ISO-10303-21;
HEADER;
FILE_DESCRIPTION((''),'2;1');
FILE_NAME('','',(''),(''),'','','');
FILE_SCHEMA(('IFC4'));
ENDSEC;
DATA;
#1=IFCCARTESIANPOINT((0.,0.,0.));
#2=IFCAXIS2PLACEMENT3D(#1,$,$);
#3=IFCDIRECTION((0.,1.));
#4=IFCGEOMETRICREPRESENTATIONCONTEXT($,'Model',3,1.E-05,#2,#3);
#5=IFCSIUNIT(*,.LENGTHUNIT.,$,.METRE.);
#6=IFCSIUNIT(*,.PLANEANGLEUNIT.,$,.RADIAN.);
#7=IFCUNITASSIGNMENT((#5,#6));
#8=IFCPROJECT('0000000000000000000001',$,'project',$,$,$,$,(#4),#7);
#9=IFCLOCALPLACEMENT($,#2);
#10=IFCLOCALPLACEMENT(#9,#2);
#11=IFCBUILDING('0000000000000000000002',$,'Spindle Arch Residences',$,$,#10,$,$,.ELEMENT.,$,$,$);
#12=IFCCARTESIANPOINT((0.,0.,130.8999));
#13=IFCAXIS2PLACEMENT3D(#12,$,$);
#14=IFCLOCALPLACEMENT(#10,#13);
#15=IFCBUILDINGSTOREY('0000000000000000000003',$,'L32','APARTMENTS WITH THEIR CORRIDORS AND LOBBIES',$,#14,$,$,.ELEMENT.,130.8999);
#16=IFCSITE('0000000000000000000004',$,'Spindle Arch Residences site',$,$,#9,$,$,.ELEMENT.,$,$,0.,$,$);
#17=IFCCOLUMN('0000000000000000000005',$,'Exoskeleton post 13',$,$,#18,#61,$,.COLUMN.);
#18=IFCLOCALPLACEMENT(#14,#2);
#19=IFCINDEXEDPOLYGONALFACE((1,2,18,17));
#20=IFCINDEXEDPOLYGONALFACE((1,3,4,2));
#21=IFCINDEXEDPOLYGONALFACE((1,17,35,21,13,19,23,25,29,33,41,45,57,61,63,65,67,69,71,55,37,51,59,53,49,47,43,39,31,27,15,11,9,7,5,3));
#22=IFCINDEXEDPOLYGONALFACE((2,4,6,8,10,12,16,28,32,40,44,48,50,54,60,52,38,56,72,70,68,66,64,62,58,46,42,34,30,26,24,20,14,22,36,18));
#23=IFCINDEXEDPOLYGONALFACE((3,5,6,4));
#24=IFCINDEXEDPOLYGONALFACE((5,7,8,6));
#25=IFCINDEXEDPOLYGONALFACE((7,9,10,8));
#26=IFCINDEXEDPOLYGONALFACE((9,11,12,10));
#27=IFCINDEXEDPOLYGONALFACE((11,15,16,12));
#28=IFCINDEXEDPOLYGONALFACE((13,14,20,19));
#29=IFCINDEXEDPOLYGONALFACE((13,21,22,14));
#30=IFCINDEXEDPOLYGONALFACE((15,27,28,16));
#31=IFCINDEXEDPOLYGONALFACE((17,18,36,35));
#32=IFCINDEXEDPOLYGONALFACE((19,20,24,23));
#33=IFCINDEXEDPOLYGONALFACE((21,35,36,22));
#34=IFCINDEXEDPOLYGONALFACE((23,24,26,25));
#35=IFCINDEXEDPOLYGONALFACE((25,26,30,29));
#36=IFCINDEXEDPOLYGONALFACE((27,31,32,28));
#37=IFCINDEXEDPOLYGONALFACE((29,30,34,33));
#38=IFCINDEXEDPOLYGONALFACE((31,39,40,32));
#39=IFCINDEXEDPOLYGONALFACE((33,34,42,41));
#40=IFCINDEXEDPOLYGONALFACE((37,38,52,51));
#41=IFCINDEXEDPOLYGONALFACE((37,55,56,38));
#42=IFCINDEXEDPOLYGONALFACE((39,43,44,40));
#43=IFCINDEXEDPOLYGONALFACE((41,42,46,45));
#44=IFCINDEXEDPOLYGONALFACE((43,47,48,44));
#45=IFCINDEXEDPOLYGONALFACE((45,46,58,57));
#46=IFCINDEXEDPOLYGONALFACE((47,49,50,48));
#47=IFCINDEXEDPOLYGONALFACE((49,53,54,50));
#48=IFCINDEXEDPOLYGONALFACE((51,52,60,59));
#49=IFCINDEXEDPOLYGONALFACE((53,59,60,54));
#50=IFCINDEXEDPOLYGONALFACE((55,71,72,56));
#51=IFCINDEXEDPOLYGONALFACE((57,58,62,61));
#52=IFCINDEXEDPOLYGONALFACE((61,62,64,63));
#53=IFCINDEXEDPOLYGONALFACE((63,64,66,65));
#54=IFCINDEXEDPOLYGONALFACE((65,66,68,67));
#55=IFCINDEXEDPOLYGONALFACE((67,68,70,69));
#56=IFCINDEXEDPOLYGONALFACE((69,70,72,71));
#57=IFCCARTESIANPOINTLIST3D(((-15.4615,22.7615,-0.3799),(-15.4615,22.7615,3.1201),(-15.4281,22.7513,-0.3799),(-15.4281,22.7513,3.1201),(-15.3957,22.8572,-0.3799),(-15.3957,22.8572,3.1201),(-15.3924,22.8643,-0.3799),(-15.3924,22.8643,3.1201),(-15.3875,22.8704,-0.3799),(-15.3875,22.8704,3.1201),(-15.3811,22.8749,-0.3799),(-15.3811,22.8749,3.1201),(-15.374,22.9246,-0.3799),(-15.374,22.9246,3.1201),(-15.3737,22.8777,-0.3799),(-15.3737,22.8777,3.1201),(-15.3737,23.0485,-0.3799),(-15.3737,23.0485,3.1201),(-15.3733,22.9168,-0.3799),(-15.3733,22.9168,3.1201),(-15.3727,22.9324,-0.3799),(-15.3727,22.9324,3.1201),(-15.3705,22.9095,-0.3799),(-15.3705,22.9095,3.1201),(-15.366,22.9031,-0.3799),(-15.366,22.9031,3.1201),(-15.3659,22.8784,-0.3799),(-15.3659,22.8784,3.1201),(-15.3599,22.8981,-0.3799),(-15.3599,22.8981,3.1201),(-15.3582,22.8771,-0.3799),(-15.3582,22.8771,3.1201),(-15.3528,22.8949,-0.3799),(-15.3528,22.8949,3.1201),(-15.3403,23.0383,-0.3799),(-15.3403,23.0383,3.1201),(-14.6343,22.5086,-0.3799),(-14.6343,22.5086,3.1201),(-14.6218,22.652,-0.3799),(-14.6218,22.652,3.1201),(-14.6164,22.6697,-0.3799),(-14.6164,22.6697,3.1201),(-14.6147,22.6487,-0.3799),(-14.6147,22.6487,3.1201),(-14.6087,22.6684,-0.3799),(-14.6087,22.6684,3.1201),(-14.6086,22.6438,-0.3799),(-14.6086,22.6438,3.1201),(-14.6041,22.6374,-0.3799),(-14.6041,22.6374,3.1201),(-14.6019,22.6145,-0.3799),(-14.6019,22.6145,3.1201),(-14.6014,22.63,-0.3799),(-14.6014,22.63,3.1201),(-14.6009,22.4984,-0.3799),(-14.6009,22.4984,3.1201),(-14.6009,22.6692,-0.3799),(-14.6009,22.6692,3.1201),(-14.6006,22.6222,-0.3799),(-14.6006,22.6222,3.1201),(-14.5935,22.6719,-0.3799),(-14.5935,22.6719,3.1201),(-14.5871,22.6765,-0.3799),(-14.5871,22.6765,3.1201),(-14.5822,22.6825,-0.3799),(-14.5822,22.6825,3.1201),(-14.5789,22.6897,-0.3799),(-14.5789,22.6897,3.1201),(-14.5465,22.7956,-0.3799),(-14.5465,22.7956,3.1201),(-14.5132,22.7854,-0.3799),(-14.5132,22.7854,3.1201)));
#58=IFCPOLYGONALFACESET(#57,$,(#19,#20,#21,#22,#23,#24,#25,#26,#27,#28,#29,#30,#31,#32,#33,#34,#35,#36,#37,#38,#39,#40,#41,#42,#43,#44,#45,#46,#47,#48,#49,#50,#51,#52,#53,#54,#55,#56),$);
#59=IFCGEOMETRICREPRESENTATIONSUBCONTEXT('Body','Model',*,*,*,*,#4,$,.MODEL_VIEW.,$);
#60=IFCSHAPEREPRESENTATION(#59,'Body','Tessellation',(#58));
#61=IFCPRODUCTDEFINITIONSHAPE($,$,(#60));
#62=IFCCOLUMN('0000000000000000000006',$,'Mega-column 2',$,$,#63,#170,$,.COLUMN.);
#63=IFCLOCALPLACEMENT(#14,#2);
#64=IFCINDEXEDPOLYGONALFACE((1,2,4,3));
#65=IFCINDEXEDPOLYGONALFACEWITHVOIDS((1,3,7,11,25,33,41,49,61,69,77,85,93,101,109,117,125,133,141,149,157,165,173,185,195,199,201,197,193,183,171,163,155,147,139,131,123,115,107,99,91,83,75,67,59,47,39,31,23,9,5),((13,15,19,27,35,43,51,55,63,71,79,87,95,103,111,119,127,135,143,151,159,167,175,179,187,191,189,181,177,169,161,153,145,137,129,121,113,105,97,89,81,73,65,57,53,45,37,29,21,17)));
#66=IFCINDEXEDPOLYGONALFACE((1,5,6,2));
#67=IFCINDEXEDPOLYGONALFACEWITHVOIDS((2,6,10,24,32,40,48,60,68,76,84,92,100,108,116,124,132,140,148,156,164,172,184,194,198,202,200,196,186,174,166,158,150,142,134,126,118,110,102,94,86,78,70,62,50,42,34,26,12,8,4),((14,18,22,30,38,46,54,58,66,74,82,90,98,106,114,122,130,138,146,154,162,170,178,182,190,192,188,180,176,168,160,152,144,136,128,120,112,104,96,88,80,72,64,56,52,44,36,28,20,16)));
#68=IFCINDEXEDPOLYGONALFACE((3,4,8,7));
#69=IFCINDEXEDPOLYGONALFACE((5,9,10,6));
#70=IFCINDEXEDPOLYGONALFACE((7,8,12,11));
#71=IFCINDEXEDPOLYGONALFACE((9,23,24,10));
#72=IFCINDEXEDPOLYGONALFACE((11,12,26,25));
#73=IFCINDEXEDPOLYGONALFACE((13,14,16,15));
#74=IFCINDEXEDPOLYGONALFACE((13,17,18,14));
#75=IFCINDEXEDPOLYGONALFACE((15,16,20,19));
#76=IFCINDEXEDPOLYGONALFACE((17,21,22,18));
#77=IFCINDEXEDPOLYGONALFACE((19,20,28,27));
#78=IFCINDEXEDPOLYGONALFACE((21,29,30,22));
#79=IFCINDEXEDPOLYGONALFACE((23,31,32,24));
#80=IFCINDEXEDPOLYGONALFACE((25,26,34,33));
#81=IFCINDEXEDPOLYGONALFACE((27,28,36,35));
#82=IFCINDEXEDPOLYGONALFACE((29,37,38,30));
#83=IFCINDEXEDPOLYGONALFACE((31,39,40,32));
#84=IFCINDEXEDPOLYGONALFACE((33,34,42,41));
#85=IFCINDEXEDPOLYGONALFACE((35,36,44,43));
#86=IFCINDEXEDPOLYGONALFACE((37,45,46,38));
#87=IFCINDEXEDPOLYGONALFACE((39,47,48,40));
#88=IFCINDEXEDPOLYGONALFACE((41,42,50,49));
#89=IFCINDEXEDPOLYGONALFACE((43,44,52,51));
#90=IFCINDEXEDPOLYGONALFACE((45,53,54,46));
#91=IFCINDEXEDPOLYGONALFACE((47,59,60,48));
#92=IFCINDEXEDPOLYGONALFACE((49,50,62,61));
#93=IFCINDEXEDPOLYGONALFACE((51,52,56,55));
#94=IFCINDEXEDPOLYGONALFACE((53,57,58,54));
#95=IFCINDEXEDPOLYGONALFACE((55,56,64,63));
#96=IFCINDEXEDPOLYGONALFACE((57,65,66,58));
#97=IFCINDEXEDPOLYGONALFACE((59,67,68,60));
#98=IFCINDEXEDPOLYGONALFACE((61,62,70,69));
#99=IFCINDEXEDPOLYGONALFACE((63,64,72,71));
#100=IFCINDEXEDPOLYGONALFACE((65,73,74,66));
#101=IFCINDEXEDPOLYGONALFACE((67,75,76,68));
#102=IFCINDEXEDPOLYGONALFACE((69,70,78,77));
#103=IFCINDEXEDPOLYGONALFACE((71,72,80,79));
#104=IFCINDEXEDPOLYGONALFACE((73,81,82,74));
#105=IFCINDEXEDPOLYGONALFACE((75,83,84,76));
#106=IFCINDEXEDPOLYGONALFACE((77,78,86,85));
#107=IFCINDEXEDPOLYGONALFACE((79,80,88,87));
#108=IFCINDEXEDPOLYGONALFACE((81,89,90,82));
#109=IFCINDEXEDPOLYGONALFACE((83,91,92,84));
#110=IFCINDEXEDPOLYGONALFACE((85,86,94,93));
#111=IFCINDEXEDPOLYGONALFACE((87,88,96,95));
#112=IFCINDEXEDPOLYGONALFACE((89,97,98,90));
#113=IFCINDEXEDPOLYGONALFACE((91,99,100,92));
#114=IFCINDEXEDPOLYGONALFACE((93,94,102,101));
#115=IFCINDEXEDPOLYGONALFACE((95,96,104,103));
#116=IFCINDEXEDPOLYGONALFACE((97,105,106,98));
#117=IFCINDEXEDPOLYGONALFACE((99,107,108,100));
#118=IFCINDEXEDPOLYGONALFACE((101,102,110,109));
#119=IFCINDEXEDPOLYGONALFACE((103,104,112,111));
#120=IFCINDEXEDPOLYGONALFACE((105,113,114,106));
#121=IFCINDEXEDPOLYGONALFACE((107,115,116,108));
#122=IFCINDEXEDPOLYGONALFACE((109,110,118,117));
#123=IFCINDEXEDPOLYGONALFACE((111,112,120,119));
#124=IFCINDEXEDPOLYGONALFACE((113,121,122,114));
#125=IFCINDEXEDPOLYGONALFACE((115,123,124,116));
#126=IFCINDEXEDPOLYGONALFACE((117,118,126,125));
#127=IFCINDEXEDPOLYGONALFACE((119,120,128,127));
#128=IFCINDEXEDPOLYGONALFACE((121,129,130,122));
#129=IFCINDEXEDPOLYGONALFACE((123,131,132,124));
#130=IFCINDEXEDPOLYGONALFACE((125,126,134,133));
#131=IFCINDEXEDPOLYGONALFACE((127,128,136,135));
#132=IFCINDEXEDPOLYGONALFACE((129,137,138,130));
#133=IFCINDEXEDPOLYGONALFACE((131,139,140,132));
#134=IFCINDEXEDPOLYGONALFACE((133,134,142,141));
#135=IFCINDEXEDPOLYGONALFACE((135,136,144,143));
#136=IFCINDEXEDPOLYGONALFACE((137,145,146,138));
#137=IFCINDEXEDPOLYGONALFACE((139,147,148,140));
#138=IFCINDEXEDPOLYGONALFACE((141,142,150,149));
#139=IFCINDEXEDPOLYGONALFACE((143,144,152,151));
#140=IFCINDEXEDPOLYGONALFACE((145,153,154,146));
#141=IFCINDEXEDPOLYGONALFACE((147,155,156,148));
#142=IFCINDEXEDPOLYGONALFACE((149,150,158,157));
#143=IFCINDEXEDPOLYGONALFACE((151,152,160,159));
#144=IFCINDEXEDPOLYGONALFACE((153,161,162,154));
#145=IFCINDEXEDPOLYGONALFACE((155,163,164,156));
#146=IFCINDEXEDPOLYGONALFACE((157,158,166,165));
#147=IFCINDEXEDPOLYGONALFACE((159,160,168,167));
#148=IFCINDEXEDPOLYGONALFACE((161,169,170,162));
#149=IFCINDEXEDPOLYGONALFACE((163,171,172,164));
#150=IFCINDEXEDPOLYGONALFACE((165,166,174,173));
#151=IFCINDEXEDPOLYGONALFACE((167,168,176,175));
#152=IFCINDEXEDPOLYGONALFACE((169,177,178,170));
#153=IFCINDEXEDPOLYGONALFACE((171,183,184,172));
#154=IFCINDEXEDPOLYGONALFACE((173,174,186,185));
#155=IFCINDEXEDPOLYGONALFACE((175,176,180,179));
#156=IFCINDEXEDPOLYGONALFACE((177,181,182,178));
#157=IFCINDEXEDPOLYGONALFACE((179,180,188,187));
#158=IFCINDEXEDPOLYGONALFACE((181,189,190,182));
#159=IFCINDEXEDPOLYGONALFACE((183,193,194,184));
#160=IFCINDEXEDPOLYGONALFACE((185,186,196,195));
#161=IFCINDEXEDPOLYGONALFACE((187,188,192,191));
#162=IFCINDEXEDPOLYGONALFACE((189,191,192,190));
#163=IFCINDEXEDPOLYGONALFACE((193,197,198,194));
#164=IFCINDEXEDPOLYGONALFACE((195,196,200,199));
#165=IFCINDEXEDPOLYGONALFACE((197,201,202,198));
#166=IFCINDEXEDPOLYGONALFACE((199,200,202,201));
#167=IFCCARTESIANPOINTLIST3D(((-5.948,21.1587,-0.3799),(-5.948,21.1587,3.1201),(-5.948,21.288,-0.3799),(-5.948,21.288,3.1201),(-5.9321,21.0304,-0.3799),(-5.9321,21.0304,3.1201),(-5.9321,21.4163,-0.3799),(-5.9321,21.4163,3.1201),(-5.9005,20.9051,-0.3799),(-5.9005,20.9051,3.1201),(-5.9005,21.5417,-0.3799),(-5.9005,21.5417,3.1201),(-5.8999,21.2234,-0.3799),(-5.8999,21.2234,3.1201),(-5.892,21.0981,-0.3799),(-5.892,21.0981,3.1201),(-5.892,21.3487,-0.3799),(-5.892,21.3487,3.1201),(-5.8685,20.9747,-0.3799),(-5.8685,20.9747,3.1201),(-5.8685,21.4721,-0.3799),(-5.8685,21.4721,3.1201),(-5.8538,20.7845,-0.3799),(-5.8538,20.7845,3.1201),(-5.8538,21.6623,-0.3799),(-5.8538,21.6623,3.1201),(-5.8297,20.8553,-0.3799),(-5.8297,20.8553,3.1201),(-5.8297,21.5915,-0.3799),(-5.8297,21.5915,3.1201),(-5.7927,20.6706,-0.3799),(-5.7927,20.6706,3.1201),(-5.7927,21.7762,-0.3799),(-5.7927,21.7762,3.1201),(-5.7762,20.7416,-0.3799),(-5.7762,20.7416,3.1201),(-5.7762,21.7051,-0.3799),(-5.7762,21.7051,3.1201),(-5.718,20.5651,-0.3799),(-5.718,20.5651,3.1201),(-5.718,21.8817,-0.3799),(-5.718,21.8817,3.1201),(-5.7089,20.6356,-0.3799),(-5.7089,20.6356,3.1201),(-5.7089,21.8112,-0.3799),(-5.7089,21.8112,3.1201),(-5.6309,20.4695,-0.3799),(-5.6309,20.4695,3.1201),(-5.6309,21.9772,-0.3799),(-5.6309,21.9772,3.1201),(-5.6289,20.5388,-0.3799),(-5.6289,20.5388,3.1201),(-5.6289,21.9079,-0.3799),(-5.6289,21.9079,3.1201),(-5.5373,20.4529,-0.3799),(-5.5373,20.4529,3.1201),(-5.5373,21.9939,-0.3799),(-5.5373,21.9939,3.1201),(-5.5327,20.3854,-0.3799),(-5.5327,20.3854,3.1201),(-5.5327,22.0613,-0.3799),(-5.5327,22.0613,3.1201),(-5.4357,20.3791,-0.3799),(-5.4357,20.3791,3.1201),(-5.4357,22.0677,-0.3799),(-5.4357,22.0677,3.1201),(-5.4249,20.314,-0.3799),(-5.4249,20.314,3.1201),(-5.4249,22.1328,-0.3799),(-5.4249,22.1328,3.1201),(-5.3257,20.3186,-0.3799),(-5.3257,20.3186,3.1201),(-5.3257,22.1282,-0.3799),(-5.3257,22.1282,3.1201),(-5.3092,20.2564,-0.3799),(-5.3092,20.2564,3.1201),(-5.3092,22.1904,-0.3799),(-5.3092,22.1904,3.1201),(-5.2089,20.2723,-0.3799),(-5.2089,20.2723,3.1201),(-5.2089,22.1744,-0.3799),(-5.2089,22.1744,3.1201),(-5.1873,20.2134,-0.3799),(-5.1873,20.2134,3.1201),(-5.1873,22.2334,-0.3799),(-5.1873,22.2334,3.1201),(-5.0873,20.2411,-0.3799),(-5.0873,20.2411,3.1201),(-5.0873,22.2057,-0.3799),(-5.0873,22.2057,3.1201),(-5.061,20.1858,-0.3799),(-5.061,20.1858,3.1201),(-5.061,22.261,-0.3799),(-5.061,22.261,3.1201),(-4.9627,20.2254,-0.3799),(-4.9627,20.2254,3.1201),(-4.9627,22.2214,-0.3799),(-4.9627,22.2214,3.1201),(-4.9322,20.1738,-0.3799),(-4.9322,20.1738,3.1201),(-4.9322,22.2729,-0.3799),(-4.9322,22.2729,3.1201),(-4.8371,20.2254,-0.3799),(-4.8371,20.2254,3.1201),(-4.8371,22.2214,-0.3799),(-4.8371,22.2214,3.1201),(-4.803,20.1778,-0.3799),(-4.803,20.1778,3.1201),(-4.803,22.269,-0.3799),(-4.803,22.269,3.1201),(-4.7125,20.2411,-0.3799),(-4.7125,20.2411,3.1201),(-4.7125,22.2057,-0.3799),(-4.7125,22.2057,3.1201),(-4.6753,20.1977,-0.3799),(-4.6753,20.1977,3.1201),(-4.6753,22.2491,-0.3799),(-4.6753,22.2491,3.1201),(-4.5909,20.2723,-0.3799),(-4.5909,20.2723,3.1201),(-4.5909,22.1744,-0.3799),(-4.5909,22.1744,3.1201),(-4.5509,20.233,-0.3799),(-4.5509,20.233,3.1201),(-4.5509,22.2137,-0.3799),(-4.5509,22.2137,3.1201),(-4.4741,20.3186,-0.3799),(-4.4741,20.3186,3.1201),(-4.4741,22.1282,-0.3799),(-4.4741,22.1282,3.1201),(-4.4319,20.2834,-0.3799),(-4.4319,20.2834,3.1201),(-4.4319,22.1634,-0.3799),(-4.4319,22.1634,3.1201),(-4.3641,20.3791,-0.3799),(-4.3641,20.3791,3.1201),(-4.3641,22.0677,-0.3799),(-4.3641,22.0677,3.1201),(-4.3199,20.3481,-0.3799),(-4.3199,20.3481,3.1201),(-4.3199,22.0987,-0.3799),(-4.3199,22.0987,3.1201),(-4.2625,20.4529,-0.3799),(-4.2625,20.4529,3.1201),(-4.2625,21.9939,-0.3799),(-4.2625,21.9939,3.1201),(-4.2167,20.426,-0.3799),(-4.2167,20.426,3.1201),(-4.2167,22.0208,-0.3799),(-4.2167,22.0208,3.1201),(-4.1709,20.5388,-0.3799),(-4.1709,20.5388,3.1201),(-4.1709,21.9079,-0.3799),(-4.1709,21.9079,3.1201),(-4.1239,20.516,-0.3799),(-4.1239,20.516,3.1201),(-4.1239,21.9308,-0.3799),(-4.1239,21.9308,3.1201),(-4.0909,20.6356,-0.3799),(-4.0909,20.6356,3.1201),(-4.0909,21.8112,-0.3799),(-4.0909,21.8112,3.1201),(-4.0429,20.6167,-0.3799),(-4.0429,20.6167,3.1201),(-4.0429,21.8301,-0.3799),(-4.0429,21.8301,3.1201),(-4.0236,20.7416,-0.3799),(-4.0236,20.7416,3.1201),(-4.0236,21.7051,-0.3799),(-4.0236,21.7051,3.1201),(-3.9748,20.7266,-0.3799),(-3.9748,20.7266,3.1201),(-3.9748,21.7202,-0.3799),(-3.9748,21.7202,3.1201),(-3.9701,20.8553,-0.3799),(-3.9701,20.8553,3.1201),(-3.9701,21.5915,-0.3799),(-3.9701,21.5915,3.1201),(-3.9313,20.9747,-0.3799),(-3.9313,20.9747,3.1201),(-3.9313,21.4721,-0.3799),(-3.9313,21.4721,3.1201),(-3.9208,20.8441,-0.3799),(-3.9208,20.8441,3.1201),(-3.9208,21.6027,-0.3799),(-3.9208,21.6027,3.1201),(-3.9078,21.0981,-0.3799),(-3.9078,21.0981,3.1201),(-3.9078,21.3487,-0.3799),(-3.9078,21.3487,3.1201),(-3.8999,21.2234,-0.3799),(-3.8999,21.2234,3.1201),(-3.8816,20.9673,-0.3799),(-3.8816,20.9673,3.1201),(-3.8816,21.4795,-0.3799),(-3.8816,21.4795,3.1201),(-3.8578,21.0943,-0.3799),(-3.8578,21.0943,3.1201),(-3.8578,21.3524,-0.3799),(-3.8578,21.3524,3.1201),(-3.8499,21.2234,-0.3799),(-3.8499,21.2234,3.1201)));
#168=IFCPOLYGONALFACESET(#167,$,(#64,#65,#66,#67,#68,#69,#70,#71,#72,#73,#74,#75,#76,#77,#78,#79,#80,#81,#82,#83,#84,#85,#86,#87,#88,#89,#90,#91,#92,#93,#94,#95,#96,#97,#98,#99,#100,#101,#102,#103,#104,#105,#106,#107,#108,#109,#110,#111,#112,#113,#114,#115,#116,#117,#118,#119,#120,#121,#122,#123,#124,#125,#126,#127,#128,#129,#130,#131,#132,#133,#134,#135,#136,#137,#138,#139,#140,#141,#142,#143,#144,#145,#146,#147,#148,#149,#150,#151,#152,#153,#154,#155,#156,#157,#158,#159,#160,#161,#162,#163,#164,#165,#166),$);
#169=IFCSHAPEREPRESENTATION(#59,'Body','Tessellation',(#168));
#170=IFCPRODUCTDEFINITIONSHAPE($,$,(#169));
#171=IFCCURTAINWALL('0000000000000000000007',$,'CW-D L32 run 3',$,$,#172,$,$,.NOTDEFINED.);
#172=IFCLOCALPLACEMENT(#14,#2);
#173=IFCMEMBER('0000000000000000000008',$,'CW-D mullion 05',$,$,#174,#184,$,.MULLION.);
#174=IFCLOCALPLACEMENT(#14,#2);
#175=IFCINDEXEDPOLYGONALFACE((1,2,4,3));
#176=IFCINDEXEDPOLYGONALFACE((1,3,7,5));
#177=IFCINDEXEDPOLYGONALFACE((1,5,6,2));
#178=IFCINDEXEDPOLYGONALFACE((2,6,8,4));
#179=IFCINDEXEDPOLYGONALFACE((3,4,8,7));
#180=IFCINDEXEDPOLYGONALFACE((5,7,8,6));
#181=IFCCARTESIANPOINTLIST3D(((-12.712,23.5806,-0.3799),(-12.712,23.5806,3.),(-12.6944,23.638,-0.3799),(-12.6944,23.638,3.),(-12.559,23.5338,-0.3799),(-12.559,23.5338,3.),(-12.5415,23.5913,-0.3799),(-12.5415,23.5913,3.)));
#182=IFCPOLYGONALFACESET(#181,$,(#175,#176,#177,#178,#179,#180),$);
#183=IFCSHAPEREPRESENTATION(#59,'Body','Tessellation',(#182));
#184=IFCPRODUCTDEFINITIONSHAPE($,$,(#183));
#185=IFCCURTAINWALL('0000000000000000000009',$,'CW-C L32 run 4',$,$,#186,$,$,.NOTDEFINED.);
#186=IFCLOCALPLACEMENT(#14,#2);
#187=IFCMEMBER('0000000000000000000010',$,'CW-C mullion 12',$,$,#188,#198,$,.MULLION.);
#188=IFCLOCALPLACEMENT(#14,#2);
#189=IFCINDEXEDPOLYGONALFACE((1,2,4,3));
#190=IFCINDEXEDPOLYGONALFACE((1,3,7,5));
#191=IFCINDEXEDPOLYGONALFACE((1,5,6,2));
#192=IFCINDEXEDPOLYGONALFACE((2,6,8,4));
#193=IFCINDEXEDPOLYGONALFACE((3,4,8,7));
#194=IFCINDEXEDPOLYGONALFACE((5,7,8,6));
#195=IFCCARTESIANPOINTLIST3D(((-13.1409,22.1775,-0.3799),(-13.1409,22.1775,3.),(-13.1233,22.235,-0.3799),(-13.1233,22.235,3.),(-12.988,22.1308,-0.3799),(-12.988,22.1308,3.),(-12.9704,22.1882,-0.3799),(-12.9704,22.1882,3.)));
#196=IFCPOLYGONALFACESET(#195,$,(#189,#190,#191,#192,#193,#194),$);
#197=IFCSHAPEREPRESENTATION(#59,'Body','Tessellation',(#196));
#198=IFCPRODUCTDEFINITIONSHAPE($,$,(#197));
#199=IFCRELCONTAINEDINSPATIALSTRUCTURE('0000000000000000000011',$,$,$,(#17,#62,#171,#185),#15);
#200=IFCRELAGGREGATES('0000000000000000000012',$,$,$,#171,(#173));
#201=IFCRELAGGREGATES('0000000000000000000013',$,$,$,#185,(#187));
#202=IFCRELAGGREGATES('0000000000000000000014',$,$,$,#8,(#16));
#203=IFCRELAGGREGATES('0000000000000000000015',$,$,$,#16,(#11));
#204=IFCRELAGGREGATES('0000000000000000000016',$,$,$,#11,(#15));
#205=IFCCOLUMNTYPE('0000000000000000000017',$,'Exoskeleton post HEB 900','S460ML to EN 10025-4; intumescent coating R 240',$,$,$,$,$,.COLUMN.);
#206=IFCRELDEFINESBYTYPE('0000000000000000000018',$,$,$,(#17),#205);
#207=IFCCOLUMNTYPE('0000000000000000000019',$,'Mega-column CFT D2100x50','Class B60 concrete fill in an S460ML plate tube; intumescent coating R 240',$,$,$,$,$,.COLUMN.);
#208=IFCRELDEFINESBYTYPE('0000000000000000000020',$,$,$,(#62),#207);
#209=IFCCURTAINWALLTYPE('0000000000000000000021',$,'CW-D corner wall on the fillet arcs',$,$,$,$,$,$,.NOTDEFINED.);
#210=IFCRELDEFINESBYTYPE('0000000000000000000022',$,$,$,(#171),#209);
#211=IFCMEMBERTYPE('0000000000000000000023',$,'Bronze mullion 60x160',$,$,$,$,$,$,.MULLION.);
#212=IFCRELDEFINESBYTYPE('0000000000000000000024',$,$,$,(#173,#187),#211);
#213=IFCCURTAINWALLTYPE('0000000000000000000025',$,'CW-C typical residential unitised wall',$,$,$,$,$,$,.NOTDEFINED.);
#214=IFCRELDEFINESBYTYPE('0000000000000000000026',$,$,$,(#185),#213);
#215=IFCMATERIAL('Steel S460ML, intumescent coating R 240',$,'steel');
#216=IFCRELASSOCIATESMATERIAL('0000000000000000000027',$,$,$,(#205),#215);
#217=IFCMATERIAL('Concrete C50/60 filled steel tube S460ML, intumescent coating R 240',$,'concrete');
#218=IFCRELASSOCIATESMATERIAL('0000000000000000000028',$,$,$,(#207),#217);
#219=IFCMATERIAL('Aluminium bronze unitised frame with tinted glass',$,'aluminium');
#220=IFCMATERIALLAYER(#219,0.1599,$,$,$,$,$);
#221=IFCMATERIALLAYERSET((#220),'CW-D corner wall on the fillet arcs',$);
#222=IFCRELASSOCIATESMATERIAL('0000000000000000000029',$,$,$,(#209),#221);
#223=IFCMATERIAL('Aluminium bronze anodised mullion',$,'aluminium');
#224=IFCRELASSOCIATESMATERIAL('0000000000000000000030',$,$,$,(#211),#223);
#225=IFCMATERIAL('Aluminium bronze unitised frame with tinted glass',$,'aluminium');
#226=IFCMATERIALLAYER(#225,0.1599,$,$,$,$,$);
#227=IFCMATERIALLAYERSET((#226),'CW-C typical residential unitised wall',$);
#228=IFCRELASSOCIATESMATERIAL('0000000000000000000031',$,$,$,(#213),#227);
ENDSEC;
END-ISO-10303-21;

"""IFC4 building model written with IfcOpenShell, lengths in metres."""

from ifc_helpers import new_model, si_unit, direction, frame, origin, origin_2d, place, context, subcontext, project, spatial, rectangle, hollow_circle, i_section, extrude, material, layer, layer_set, material_profile, profile_set, type_object, element, aggregate, save


model = new_model("IFC4")

# Units and contexts
model_context = context("Model", 3, precision=1e-05, world=origin(), true_north=direction((0.0, 1.0)))
body_context = subcontext(model_context, "Body", "Model", "MODEL_VIEW")
ifc_project = project(units=[si_unit("LENGTHUNIT", "METRE"), si_unit("PLANEANGLEUNIT", "RADIAN")], contexts=[model_context])

# Site, building, storey
site_placement = place(None, origin())
site = spatial("IfcSite", under=ifc_project, at=site_placement, Name="Spindle Arch Residences site", CompositionType="ELEMENT", RefElevation=0.0)
building_placement = place(site_placement, origin())
building = spatial("IfcBuilding", under=site, at=building_placement, Name="Spindle Arch Residences", CompositionType="ELEMENT")
storey_placement = place(building_placement, frame((0.0, 0.0, 130.8999)))
storey = spatial("IfcBuildingStorey", under=building, at=storey_placement, Name="L32", Description="APARTMENTS WITH THEIR CORRIDORS AND LOBBIES", CompositionType="ELEMENT", Elevation=130.8999)

# Columns
ifc_material_1 = material(Name="Steel S460ML, intumescent coating R 240", Category="steel")
ifc_material_profile_1 = material_profile(ifc_material_1, i_section(OverallWidth=0.3, OverallDepth=0.8999, WebThickness=0.0186, FlangeThickness=0.0349, FilletRadius=0.03, at=origin_2d()), Name="HEB 900")
ifc_profile_set_1 = profile_set([ifc_material_profile_1], Name="Steel S460ML, intumescent coating R 240")
column_type_1 = type_object("IfcColumnType", Name="Exoskeleton post HEB 900", Description="S460ML to EN 10025-4; intumescent coating R 240", PredefinedType="COLUMN", material=ifc_profile_set_1)
column_1_placement = place(storey_placement, frame((-14.9873, 22.7734, -0.3799), z_axis=(0.0, 0.0, 1.0), x_axis=(0.292372, 0.956305, 0.0)))
element("IfcColumn", 1, at=column_1_placement, inside=storey, type_object=column_type_1, Name="Exoskeleton post 13", PredefinedType="COLUMN", context=body_context, shape_type="SweptSolid", body=[
    extrude(i_section(OverallWidth=0.3, OverallDepth=0.8999, WebThickness=0.0186, FlangeThickness=0.0349, FilletRadius=0.03, at=origin_2d()), origin(), (0.0, 0.0, 1.0), 3.5),
])
ifc_material_2 = material(Name="Concrete C50/60 filled steel tube S460ML, intumescent coating R 240", Category="concrete")
ifc_material_profile_2 = material_profile(ifc_material_2, hollow_circle(Radius=1.05, WallThickness=0.05, at=origin_2d()), Name="CFT D2100x50")
ifc_profile_set_2 = profile_set([ifc_material_profile_2], Name="Concrete C50/60 filled steel tube S460ML, intumescent coating R 240")
column_type_2 = type_object("IfcColumnType", Name="Mega-column CFT D2100x50", Description="Class B60 concrete fill in an S460ML plate tube; intumescent coating R 240", PredefinedType="COLUMN", material=ifc_profile_set_2)
column_2_placement = place(storey_placement, frame((-4.8999, 21.2234, -0.3799), z_axis=(0.0, 0.0, 1.0), x_axis=(1.0, 0.0, 0.0)))
element("IfcColumn", 2, at=column_2_placement, inside=storey, type_object=column_type_2, Name="Mega-column 2", PredefinedType="COLUMN", context=body_context, shape_type="SweptSolid", body=[
    extrude(hollow_circle(Radius=1.05, WallThickness=0.05, at=origin_2d()), origin(), (0.0, 0.0, 1.0), 3.5),
])

# Curtain walls, members
ifc_material_3 = material(Name="Aluminium bronze unitised frame with tinted glass", Category="aluminium")
ifc_layer_1 = layer(ifc_material_3, 0.1599)
ifc_layer_set_1 = layer_set([ifc_layer_1], Name="CW-D corner wall on the fillet arcs")
curtain_wall_type_1 = type_object("IfcCurtainWallType", Name="CW-D corner wall on the fillet arcs", PredefinedType="NOTDEFINED", material=ifc_layer_set_1)
curtain_wall_1_placement = place(storey_placement, origin())
curtain_wall_1 = element("IfcCurtainWall", 3, at=curtain_wall_1_placement, inside=storey, type_object=curtain_wall_type_1, Name="CW-D L32 run 3", PredefinedType="NOTDEFINED")
ifc_material_4 = material(Name="Aluminium bronze anodised mullion", Category="aluminium")
ifc_material_profile_3 = material_profile(ifc_material_4, rectangle(XDim=0.1599, YDim=0.0601, at=origin_2d()), Name="MU 60x160")
ifc_profile_set_3 = profile_set([ifc_material_profile_3], Name="Aluminium bronze anodised mullion")
member_type_1 = type_object("IfcMemberType", Name="Bronze mullion 60x160", PredefinedType="MULLION", material=ifc_profile_set_3)
member_1_placement = place(storey_placement, frame((-12.6267, 23.5859, -0.3799), z_axis=(0.0, 0.0, 1.0), x_axis=(0.956305, -0.292372, 0.0)))
member_1 = element("IfcMember", 4, at=member_1_placement, type_object=member_type_1, Name="CW-D mullion 05", PredefinedType="MULLION", context=body_context, shape_type="SweptSolid", body=[
    extrude(rectangle(XDim=0.1599, YDim=0.0601, at=origin_2d()), origin(), (0.0, 0.0, 1.0), 3.3799),
])
ifc_material_5 = material(Name="Aluminium bronze unitised frame with tinted glass", Category="aluminium")
ifc_layer_2 = layer(ifc_material_5, 0.1599)
ifc_layer_set_2 = layer_set([ifc_layer_2], Name="CW-C typical residential unitised wall")
curtain_wall_type_2 = type_object("IfcCurtainWallType", Name="CW-C typical residential unitised wall", PredefinedType="NOTDEFINED", material=ifc_layer_set_2)
curtain_wall_2_placement = place(storey_placement, origin())
curtain_wall_2 = element("IfcCurtainWall", 5, at=curtain_wall_2_placement, inside=storey, type_object=curtain_wall_type_2, Name="CW-C L32 run 4", PredefinedType="NOTDEFINED")
member_2_placement = place(storey_placement, frame((-13.0557, 22.1829, -0.3799), z_axis=(0.0, 0.0, 1.0), x_axis=(0.956305, -0.292372, 0.0)))
member_2 = element("IfcMember", 6, at=member_2_placement, type_object=member_type_1, Name="CW-C mullion 12", PredefinedType="MULLION", context=body_context, shape_type="SweptSolid", body=[
    extrude(rectangle(XDim=0.1599, YDim=0.0601, at=origin_2d()), origin(), (0.0, 0.0, 1.0), 3.3799),
])

aggregate(curtain_wall_1, [member_1])
aggregate(curtain_wall_2, [member_2])

save(model, "model.ifc")
